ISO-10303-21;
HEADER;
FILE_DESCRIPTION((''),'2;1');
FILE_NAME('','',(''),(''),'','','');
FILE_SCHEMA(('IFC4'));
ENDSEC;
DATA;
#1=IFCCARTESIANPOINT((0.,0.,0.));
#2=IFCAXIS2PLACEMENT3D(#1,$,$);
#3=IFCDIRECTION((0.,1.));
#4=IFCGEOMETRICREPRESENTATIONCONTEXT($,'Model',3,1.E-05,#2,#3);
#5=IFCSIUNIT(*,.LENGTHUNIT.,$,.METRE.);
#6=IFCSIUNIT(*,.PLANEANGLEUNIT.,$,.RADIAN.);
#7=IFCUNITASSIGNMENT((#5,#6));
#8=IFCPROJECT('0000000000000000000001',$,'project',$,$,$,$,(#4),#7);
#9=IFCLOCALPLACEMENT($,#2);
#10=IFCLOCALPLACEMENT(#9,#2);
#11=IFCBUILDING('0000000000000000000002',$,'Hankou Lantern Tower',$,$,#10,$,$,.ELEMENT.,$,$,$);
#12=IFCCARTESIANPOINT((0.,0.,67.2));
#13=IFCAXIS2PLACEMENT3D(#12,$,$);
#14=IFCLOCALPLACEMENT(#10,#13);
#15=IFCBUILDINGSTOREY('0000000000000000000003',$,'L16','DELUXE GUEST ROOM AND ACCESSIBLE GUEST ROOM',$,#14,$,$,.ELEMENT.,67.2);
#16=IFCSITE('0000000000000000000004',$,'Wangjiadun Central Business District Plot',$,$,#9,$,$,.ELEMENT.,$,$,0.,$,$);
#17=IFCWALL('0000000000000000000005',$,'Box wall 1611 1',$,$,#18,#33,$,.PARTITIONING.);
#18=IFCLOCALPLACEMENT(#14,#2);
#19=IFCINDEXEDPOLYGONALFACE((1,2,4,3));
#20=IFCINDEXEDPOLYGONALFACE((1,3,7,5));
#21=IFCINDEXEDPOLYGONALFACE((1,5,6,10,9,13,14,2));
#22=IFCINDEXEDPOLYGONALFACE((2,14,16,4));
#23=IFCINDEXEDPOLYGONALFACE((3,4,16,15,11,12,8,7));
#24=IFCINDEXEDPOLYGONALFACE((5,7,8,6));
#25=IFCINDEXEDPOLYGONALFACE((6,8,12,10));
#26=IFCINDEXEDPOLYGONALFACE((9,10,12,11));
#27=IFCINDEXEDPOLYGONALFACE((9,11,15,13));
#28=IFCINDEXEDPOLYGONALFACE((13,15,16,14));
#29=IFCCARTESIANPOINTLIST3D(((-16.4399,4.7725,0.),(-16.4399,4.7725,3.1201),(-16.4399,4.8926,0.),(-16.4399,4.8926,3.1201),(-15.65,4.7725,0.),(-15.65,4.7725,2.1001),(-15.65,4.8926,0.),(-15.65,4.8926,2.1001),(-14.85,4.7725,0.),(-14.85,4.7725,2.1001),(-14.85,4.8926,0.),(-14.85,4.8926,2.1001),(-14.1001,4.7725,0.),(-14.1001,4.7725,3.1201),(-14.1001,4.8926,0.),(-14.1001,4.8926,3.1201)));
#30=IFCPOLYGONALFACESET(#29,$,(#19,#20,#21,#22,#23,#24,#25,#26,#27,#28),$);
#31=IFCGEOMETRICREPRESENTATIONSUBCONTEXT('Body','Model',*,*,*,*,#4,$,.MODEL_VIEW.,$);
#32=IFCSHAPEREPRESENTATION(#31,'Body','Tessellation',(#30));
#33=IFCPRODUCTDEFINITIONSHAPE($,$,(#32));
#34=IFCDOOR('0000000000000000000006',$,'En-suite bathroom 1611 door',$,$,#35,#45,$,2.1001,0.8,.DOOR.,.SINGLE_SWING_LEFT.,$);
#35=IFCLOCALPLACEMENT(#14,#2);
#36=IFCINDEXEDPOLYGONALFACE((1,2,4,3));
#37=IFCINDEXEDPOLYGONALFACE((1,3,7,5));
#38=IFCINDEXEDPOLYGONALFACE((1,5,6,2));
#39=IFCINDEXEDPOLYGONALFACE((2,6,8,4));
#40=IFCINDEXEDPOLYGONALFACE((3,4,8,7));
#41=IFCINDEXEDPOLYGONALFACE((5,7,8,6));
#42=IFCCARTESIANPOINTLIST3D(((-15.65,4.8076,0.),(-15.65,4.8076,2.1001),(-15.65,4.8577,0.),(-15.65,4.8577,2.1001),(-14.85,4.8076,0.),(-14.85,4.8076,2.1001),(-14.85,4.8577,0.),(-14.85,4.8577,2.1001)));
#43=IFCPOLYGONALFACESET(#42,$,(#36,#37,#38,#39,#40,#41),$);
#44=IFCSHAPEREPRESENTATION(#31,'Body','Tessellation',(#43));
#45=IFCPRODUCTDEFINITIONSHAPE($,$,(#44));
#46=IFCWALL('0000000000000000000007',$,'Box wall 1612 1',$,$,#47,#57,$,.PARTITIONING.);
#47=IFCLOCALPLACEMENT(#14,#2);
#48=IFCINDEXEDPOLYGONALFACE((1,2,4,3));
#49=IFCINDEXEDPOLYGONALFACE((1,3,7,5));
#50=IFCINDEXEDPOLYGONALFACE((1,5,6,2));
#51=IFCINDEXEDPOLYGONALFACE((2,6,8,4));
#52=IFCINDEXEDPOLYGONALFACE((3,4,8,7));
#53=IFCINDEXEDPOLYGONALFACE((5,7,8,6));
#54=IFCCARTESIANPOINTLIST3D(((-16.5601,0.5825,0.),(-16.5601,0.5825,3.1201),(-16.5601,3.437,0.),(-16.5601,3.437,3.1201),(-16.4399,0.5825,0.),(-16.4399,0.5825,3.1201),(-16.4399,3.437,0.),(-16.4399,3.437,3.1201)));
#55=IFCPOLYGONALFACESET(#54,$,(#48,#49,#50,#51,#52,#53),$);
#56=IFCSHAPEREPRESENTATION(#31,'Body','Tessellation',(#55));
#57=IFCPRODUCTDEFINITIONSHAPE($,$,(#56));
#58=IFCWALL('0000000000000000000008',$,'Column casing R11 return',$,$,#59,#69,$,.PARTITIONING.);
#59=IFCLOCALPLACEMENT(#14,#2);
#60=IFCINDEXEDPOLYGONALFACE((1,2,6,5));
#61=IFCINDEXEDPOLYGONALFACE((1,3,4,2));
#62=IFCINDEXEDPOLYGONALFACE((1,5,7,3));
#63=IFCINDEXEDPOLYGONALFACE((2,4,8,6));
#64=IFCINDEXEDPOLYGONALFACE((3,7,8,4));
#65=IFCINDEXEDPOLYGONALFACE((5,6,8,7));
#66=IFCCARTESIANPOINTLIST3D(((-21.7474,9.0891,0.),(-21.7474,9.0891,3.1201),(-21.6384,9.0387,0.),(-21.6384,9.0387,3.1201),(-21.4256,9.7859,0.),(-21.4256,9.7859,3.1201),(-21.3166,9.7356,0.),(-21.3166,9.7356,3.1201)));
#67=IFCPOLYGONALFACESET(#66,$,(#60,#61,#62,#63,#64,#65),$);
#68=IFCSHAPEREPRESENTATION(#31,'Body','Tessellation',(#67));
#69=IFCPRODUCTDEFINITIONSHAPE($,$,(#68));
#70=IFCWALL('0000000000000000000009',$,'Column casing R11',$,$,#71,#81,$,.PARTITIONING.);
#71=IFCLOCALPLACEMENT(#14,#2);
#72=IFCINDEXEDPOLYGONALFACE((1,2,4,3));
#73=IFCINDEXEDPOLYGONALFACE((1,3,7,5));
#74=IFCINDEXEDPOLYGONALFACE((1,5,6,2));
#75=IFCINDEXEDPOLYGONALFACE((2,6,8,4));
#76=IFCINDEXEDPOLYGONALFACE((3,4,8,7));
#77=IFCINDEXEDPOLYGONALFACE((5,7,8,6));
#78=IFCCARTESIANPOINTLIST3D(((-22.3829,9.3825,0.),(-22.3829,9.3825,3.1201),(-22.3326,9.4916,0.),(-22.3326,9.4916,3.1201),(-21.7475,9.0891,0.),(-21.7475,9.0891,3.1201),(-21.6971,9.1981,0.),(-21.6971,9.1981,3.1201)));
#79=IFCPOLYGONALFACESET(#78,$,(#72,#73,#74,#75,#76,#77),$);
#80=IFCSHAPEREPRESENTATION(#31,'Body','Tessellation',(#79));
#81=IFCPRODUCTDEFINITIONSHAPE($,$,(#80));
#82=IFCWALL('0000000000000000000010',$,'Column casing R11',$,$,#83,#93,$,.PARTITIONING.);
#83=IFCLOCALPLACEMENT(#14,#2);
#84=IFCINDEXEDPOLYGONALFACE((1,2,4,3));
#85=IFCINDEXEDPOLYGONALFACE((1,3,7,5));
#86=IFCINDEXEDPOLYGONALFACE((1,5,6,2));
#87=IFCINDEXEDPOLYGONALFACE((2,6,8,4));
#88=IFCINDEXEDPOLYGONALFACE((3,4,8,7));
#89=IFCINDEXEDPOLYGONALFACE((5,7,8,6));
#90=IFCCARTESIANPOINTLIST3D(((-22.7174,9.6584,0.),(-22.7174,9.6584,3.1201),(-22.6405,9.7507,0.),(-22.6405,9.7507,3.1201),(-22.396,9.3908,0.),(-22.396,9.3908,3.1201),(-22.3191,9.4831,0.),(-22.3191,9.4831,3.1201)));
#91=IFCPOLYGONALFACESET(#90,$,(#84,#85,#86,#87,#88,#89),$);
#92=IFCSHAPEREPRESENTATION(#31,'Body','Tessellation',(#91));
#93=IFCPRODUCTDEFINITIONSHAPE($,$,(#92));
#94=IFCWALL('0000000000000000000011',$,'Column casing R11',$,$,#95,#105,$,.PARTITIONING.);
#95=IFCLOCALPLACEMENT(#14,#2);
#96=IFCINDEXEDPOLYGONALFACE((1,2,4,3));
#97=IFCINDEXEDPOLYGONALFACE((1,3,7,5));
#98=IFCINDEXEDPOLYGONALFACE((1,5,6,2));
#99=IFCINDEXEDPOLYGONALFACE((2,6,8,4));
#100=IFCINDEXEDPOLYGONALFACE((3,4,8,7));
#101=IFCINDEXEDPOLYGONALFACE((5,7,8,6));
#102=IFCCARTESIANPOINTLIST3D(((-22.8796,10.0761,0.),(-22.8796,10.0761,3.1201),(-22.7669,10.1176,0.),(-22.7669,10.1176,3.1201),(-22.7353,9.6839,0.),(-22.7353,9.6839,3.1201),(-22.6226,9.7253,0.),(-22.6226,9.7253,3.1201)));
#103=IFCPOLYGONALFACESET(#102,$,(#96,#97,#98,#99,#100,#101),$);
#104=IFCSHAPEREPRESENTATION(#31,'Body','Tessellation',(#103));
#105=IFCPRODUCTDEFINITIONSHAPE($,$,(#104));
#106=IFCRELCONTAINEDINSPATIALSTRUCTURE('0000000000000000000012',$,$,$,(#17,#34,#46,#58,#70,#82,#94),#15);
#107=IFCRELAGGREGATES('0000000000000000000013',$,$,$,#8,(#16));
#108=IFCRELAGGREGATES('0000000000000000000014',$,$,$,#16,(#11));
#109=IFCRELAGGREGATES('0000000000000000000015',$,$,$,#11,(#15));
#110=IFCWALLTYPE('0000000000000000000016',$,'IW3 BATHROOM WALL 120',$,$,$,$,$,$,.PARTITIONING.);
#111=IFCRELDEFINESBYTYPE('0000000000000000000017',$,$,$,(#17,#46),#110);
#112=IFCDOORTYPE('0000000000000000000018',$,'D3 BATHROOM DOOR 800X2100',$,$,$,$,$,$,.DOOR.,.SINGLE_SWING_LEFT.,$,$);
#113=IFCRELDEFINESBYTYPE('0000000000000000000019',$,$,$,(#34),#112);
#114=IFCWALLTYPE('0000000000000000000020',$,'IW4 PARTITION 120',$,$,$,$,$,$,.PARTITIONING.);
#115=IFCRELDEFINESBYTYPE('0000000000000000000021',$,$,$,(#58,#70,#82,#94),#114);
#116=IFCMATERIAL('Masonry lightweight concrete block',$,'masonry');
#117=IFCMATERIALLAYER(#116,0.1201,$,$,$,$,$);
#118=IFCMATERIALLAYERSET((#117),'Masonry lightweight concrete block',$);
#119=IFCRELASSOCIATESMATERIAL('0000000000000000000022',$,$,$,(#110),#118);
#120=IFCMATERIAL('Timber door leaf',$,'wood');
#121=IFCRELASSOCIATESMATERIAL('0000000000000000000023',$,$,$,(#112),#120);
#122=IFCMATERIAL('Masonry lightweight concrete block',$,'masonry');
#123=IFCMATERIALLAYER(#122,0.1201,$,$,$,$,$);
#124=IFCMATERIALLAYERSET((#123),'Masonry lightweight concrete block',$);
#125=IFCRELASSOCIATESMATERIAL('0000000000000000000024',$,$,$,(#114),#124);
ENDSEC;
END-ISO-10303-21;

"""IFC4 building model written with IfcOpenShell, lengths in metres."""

from ifc_helpers import new_model, si_unit, direction, frame, frame_2d, origin, place, context, subcontext, project, spatial, rectangle, extrude, material, layer, layer_set, type_object, element, fill, save


model = new_model("IFC4")

# Units and contexts
model_context = context("Model", 3, precision=1e-05, world=origin(), true_north=direction((0.0, 1.0)))
body_context = subcontext(model_context, "Body", "Model", "MODEL_VIEW")
ifc_project = project(units=[si_unit("LENGTHUNIT", "METRE"), si_unit("PLANEANGLEUNIT", "RADIAN")], contexts=[model_context])

# Site, building, storey
site_placement = place(None, origin())
site = spatial("IfcSite", under=ifc_project, at=site_placement, Name="Wangjiadun Central Business District Plot", CompositionType="ELEMENT", RefElevation=0.0)
building_placement = place(site_placement, origin())
building = spatial("IfcBuilding", under=site, at=building_placement, Name="Hankou Lantern Tower", CompositionType="ELEMENT")
storey_placement = place(building_placement, frame((0.0, 0.0, 67.2)))
storey = spatial("IfcBuildingStorey", under=building, at=storey_placement, Name="L16", Description="DELUXE GUEST ROOM AND ACCESSIBLE GUEST ROOM", CompositionType="ELEMENT", Elevation=67.2)

# Shared definitions
ifc_material_1 = material(Name="Masonry lightweight concrete block", Category="masonry")
ifc_layer_1 = layer(ifc_material_1, 0.1201)
ifc_layer_set_1 = layer_set([ifc_layer_1], Name="Masonry lightweight concrete block")
wall_type_1 = type_object("IfcWallType", Name="IW3 BATHROOM WALL 120", PredefinedType="PARTITIONING", material=ifc_layer_set_1)

# Shared definitions
ifc_material_2 = material(Name="Timber door leaf", Category="wood")
door_type_1 = type_object("IfcDoorType", Name="D3 BATHROOM DOOR 800X2100", OperationType="SINGLE_SWING_LEFT", PredefinedType="DOOR", material=ifc_material_2)

# Wall, opening, door
wall_1_placement = place(storey_placement, frame((-14.1001, 4.8325, 0.0), z_axis=(0.0, 0.0, 1.0), x_axis=(-1.0, 0.0, 0.0)))
wall_1 = element("IfcWall", 1, at=wall_1_placement, inside=storey, type_object=wall_type_1, Name="Box wall 1611 1", PredefinedType="PARTITIONING", context=body_context, shape_type="SweptSolid", body=[
    extrude(rectangle(XDim=2.3398, YDim=0.1201, at=frame_2d((1.1699, 0.0))), origin(), (0.0, 0.0, 1.0), 3.1201),
])
opening_1_placement = place(wall_1_placement, frame((0.75, 0.0, 0.0)))
opening_1 = element("IfcOpeningElement", 2, at=opening_1_placement, cuts=wall_1, PredefinedType="OPENING", context=body_context, shape_type="SweptSolid", body=[
    extrude(rectangle(XDim=0.8, YDim=2.1001, at=frame_2d((0.3999, 1.05))), frame((0.0, 0.0701, 0.0), z_axis=(0.0, -1.0, 0.0), x_axis=(1.0, 0.0, 0.0)), (0.0, 0.0, 1.0), 0.1401),
])
door_1_placement = place(opening_1_placement, origin())
door_1 = element("IfcDoor", 3, at=door_1_placement, inside=storey, type_object=door_type_1, Name="En-suite bathroom 1611 door", OperationType="SINGLE_SWING_LEFT", OverallHeight=2.1001, OverallWidth=0.8, PredefinedType="DOOR", context=body_context, shape_type="SweptSolid", body=[
    extrude(rectangle(XDim=0.8, YDim=2.1001, at=frame_2d((0.3999, 1.05))), frame((0.0, 0.0249, 0.0), z_axis=(0.0, -1.0, 0.0), x_axis=(1.0, 0.0, 0.0)), (0.0, 0.0, 1.0), 0.05),
])
fill(opening_1, door_1)

# Walls
wall_2_placement = place(storey_placement, frame((-16.5, 3.437, 0.0), z_axis=(0.0, 0.0, 1.0), x_axis=(0.0, -1.0, 0.0)))
element("IfcWall", 4, at=wall_2_placement, inside=storey, type_object=wall_type_1, Name="Box wall 1612 1", PredefinedType="PARTITIONING", context=body_context, shape_type="SweptSolid", body=[
    extrude(rectangle(XDim=2.8545, YDim=0.1201, at=frame_2d((1.4272, 0.0))), origin(), (0.0, 0.0, 1.0), 3.1201),
])
ifc_material_3 = material(Name="Masonry lightweight concrete block", Category="masonry")
ifc_layer_2 = layer(ifc_material_3, 0.1201)
ifc_layer_set_2 = layer_set([ifc_layer_2], Name="Masonry lightweight concrete block")
wall_type_2 = type_object("IfcWallType", Name="IW4 PARTITION 120", PredefinedType="PARTITIONING", material=ifc_layer_set_2)
wall_3_placement = place(storey_placement, frame((-21.3711, 9.7607, 0.0), z_axis=(0.0, 0.0, 1.0), x_axis=(-0.41926, -0.907866, 0.0)))
element("IfcWall", 5, at=wall_3_placement, inside=storey, type_object=wall_type_2, Name="Column casing R11 return", PredefinedType="PARTITIONING", context=body_context, shape_type="SweptSolid", body=[
    extrude(rectangle(XDim=0.7676, YDim=0.1201, at=frame_2d((0.3838, 0.0))), origin(), (0.0, 0.0, 1.0), 3.1201),
])
wall_4_placement = place(storey_placement, frame((-21.7222, 9.1436, 0.0), z_axis=(0.0, 0.0, 1.0), x_axis=(-0.907878, 0.419235, 0.0)))
element("IfcWall", 6, at=wall_4_placement, inside=storey, type_object=wall_type_2, Name="Column casing R11", PredefinedType="PARTITIONING", context=body_context, shape_type="SweptSolid", body=[
    extrude(rectangle(XDim=0.7, YDim=0.1201, at=frame_2d((0.3501, 0.0))), origin(), (0.0, 0.0, 1.0), 3.1201),
])
wall_5_placement = place(storey_placement, frame((-22.3577, 9.437, 0.0), z_axis=(0.0, 0.0, 1.0), x_axis=(-0.768413, 0.639955, 0.0)))
element("IfcWall", 7, at=wall_5_placement, inside=storey, type_object=wall_type_2, Name="Column casing R11", PredefinedType="PARTITIONING", context=body_context, shape_type="SweptSolid", body=[
    extrude(rectangle(XDim=0.4182, YDim=0.1201, at=frame_2d((0.209, 0.0))), origin(), (0.0, 0.0, 1.0), 3.1201),
])
wall_6_placement = place(storey_placement, frame((-22.679, 9.7046, 0.0), z_axis=(0.0, 0.0, 1.0), x_axis=(-0.345164, 0.938542, 0.0)))
element("IfcWall", 8, at=wall_6_placement, inside=storey, type_object=wall_type_2, Name="Column casing R11", PredefinedType="PARTITIONING", context=body_context, shape_type="SweptSolid", body=[
    extrude(rectangle(XDim=0.418, YDim=0.1201, at=frame_2d((0.209, 0.0))), origin(), (0.0, 0.0, 1.0), 3.1201),
])

save(model, "model.ifc")
